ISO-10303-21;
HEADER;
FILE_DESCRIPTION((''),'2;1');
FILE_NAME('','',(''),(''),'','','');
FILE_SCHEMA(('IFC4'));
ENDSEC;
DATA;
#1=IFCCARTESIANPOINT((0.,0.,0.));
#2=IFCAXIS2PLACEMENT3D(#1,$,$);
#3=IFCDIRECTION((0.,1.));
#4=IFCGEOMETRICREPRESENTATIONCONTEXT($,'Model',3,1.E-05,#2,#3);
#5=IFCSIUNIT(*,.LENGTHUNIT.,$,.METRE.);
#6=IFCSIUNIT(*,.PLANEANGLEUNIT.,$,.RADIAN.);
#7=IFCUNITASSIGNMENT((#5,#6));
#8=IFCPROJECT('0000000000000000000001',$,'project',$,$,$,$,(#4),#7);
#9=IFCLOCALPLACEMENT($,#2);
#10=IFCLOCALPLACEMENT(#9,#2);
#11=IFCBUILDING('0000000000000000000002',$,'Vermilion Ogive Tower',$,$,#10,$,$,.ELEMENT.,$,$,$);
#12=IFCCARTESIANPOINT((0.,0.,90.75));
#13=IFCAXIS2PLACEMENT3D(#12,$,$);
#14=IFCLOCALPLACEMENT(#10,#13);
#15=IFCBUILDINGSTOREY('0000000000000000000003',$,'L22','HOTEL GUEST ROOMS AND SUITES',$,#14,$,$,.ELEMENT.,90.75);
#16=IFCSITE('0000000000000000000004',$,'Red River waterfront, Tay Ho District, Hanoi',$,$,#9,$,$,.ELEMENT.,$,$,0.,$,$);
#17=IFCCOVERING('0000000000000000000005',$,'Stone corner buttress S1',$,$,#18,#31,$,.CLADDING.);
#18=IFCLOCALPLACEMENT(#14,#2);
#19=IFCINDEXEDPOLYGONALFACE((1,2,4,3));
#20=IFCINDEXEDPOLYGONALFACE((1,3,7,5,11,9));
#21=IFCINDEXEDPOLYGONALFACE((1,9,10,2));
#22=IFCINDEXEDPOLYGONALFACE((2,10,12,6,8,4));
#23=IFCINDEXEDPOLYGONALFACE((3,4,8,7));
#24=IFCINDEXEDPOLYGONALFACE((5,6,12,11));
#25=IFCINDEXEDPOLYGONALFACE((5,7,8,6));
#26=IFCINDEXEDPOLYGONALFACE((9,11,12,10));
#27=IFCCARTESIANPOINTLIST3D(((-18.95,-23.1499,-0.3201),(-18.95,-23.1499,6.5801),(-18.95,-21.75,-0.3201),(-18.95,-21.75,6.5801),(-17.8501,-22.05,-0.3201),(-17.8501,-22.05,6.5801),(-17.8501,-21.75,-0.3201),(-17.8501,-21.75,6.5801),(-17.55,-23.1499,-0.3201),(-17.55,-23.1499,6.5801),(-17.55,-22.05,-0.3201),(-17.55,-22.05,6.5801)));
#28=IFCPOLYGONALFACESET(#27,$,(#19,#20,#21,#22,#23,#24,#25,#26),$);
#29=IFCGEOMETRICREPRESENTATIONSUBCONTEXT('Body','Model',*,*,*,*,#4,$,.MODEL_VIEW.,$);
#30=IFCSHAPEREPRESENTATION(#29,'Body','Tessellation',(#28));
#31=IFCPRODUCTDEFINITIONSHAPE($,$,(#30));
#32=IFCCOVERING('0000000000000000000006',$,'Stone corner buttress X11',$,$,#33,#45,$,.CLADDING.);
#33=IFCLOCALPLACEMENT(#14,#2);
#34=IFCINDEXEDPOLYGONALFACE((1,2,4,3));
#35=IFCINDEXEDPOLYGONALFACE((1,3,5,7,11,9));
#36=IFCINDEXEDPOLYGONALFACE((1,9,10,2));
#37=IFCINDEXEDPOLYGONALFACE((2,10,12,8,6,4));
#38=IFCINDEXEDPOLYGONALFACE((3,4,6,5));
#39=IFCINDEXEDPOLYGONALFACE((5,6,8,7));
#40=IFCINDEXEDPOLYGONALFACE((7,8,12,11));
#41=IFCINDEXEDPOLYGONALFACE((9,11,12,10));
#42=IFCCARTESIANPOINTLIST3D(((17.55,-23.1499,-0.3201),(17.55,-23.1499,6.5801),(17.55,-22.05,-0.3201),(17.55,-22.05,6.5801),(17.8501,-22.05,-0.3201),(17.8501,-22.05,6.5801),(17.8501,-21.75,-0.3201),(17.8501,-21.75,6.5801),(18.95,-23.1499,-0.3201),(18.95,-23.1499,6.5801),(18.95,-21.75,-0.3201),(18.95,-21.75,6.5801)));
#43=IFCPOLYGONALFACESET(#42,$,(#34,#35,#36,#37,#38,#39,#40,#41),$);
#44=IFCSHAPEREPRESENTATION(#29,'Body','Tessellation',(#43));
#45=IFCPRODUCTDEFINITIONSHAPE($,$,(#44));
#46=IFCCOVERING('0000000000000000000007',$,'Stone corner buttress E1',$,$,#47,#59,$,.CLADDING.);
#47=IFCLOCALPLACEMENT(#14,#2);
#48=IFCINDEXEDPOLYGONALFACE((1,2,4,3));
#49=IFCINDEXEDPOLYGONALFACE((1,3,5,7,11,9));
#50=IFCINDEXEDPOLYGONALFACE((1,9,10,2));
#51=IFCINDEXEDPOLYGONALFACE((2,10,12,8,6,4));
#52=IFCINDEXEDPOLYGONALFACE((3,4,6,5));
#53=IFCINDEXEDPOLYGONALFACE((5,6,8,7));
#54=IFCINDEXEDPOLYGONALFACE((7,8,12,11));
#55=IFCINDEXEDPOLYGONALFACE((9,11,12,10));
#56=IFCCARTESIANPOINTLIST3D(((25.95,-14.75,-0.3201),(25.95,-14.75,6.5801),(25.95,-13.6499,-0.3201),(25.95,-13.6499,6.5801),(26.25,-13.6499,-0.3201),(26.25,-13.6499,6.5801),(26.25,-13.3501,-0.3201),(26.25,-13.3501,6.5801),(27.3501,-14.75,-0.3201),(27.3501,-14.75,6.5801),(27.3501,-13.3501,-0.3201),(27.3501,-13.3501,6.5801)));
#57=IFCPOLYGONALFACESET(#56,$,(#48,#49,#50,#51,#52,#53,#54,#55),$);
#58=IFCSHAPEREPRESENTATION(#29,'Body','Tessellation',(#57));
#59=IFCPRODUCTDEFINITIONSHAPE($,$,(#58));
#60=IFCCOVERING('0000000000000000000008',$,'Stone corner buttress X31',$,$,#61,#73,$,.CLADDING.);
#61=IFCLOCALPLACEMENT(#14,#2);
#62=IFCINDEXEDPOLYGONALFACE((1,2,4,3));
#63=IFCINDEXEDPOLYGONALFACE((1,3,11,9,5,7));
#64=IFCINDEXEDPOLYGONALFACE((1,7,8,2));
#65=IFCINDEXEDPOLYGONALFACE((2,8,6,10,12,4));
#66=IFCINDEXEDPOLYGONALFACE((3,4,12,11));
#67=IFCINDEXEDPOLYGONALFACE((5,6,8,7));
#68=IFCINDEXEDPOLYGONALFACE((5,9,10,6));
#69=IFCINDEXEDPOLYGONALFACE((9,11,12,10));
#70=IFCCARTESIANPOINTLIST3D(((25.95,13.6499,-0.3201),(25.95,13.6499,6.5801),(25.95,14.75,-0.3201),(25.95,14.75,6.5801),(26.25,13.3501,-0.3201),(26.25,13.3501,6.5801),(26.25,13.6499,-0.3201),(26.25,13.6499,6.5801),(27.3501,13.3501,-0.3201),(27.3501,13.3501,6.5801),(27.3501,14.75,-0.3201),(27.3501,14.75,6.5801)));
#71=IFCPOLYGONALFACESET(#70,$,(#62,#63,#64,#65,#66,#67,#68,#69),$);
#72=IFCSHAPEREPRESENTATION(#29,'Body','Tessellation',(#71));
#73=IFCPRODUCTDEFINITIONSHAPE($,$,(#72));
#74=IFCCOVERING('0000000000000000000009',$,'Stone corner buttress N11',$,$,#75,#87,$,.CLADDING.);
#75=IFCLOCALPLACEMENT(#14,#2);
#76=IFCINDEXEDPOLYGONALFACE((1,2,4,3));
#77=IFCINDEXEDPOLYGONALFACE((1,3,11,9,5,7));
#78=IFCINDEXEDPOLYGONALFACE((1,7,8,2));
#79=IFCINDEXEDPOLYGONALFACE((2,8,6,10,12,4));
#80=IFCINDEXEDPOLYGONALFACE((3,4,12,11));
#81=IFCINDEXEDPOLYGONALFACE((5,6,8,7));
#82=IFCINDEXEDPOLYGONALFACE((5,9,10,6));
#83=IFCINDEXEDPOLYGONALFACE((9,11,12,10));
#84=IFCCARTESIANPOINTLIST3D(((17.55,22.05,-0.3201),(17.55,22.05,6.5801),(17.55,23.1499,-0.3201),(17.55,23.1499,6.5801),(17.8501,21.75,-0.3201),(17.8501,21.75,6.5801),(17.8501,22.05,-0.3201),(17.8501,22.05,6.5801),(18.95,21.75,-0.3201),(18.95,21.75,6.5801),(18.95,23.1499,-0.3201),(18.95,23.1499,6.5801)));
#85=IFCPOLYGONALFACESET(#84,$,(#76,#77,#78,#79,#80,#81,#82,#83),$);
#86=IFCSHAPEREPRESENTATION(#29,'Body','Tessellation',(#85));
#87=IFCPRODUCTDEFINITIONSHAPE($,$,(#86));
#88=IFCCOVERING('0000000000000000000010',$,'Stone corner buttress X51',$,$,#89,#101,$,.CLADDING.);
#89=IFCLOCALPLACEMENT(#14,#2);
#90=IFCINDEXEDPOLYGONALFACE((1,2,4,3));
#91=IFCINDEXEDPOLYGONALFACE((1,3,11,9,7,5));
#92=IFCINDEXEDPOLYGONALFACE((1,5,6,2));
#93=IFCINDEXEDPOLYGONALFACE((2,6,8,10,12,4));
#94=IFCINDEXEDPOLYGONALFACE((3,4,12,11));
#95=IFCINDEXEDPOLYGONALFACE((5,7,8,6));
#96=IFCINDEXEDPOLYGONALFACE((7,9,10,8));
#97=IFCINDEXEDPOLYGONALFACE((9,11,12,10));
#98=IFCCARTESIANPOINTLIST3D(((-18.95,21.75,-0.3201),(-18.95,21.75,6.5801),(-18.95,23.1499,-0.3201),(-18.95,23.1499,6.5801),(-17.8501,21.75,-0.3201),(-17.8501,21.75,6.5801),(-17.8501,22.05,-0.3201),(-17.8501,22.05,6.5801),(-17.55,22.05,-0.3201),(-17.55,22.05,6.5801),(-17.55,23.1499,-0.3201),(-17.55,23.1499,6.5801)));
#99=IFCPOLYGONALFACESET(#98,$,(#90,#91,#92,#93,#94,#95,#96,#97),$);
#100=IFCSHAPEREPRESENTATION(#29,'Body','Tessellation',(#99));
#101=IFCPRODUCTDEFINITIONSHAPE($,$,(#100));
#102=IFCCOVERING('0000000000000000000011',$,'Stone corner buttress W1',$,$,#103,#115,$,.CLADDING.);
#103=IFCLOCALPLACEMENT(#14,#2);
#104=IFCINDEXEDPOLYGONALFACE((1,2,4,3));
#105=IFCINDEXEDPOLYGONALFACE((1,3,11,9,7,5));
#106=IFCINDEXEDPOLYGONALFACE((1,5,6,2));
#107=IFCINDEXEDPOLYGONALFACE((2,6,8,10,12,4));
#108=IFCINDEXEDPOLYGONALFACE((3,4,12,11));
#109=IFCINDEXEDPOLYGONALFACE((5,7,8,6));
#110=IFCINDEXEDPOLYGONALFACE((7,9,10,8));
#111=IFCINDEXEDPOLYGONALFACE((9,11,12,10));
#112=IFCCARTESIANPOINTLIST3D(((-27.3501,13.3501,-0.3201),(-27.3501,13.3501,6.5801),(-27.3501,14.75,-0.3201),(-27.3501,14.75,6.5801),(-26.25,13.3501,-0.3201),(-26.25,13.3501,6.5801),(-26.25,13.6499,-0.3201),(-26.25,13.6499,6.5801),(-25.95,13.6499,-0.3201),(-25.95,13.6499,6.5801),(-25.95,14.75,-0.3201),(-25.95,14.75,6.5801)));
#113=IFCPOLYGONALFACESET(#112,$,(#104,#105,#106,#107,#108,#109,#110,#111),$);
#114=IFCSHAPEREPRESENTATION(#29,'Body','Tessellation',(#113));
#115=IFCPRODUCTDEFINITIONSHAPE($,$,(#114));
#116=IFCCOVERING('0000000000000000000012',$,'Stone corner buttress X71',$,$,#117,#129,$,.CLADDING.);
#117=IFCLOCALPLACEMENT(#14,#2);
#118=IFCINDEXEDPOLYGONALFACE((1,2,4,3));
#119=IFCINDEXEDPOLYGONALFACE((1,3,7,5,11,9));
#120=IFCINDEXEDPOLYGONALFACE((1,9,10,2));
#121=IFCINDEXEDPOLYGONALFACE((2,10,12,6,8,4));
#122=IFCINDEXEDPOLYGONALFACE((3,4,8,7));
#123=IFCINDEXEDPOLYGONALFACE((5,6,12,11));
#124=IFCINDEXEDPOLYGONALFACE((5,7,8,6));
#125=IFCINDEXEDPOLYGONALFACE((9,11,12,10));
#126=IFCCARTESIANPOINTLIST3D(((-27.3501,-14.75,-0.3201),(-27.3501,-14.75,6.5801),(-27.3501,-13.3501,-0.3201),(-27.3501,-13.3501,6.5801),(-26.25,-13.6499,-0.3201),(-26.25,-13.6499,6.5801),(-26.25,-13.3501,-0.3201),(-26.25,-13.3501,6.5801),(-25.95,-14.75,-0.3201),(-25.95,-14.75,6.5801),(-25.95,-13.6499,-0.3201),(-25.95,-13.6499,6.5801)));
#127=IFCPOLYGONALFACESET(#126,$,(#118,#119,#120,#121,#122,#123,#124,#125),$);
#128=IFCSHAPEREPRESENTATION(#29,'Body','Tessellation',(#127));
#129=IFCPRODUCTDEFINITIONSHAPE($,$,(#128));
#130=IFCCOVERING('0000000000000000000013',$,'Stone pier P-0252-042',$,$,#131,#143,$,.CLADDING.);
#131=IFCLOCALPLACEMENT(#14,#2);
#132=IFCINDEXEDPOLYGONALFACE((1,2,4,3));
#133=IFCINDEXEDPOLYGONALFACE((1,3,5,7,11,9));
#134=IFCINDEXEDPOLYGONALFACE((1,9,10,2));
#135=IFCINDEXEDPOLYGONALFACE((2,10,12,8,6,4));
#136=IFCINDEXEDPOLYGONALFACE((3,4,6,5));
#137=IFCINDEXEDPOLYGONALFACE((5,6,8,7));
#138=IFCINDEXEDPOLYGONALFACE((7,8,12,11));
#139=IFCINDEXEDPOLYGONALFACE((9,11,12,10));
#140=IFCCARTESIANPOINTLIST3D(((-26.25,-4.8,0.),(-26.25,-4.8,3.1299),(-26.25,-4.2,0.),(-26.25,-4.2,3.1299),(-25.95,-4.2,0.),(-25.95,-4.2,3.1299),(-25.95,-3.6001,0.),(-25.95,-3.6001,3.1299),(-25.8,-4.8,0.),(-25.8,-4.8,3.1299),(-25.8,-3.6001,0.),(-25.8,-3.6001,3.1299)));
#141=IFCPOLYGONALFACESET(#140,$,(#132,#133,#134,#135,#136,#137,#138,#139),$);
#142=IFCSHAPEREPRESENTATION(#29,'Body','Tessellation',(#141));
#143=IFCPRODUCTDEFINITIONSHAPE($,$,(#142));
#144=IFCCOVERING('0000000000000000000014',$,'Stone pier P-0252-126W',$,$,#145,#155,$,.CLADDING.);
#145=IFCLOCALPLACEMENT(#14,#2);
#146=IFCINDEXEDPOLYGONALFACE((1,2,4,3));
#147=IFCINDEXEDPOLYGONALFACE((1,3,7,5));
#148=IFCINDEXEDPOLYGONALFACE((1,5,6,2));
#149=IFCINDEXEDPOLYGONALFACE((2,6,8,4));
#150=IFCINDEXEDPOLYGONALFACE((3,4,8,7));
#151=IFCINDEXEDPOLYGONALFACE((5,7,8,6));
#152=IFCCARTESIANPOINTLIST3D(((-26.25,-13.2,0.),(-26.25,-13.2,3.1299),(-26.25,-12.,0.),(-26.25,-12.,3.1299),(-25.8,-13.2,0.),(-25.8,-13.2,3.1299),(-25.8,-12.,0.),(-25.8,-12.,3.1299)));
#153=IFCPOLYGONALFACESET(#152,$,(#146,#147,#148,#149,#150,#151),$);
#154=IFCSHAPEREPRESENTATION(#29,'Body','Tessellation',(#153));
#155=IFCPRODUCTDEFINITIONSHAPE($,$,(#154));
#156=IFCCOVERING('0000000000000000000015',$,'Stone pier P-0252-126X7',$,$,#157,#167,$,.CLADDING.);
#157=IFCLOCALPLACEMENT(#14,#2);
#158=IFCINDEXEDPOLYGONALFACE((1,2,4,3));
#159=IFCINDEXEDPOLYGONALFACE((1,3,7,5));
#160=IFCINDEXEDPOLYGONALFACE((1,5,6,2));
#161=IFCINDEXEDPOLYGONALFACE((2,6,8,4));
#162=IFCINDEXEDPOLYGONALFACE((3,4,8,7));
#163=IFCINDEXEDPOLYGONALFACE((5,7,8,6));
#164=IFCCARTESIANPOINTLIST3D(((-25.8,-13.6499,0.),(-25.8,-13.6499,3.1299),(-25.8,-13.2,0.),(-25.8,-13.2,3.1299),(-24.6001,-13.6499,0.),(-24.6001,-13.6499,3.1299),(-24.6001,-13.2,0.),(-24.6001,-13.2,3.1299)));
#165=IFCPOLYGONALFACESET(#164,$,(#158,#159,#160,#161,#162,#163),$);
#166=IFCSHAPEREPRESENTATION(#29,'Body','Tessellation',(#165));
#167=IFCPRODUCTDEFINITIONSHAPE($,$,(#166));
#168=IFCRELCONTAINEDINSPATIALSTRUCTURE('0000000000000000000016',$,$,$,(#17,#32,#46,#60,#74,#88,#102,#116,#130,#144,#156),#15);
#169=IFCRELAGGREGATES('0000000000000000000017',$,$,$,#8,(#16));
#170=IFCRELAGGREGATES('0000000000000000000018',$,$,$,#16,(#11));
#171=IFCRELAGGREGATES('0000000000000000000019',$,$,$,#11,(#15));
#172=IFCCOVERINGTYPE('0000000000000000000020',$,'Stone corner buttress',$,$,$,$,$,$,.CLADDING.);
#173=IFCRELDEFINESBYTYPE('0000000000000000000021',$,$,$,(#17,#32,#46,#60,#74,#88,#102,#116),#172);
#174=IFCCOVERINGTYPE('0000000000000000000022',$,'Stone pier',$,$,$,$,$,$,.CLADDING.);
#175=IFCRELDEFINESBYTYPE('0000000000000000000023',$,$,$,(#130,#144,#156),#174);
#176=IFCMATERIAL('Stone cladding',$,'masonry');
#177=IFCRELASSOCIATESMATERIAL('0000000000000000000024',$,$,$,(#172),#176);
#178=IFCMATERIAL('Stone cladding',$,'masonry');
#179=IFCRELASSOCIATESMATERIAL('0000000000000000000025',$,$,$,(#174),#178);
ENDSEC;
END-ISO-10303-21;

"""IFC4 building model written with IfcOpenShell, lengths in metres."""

from ifc_helpers import new_model, si_unit, direction, frame, origin, place, context, subcontext, project, spatial, polyline, outline, extrude, material, type_object, element, save


model = new_model("IFC4")

# Units and contexts
model_context = context("Model", 3, precision=1e-05, world=origin(), true_north=direction((0.0, 1.0)))
body_context = subcontext(model_context, "Body", "Model", "MODEL_VIEW")
ifc_project = project(units=[si_unit("LENGTHUNIT", "METRE"), si_unit("PLANEANGLEUNIT", "RADIAN")], contexts=[model_context])

# Site, building, storey
site_placement = place(None, origin())
site = spatial("IfcSite", under=ifc_project, at=site_placement, Name="Red River waterfront, Tay Ho District, Hanoi", CompositionType="ELEMENT", RefElevation=0.0)
building_placement = place(site_placement, origin())
building = spatial("IfcBuilding", under=site, at=building_placement, Name="Vermilion Ogive Tower", CompositionType="ELEMENT")
storey_placement = place(building_placement, frame((0.0, 0.0, 90.75)))
storey = spatial("IfcBuildingStorey", under=building, at=storey_placement, Name="L22", Description="HOTEL GUEST ROOMS AND SUITES", CompositionType="ELEMENT", Elevation=90.75)

# Coverings
ifc_material_1 = material(Name="Stone cladding", Category="masonry")
covering_type_1 = type_object("IfcCoveringType", Name="Stone corner buttress", PredefinedType="CLADDING", material=ifc_material_1)
covering_1_placement = place(storey_placement, frame((0.0, 0.0, -0.3201)))
element("IfcCovering", 1, at=covering_1_placement, inside=storey, type_object=covering_type_1, Name="Stone corner buttress S1", PredefinedType="CLADDING", context=body_context, shape_type="SweptSolid", body=[
    extrude(outline(polyline([(-17.8501, -21.75), (-17.8501, -22.05), (-17.55, -22.05), (-17.55, -23.1499), (-18.95, -23.1499), (-18.95, -21.75), (-17.8501, -21.75)])), origin(), (0.0, 0.0, 1.0), 6.9001),
])
covering_2_placement = place(storey_placement, frame((0.0, 0.0, -0.3201)))
element("IfcCovering", 2, at=covering_2_placement, inside=storey, type_object=covering_type_1, Name="Stone corner buttress X11", PredefinedType="CLADDING", context=body_context, shape_type="SweptSolid", body=[
    extrude(outline(polyline([(17.55, -23.1499), (17.55, -22.05), (17.8501, -22.05), (17.8501, -21.75), (18.95, -21.75), (18.95, -23.1499), (17.55, -23.1499)])), origin(), (0.0, 0.0, 1.0), 6.9001),
])
covering_3_placement = place(storey_placement, frame((0.0, 0.0, -0.3201)))
element("IfcCovering", 3, at=covering_3_placement, inside=storey, type_object=covering_type_1, Name="Stone corner buttress E1", PredefinedType="CLADDING", context=body_context, shape_type="SweptSolid", body=[
    extrude(outline(polyline([(26.25, -13.6499), (26.25, -13.3501), (27.3501, -13.3501), (27.3501, -14.75), (25.95, -14.75), (25.95, -13.6499), (26.25, -13.6499)])), origin(), (0.0, 0.0, 1.0), 6.9001),
])
covering_4_placement = place(storey_placement, frame((0.0, 0.0, -0.3201)))
element("IfcCovering", 4, at=covering_4_placement, inside=storey, type_object=covering_type_1, Name="Stone corner buttress X31", PredefinedType="CLADDING", context=body_context, shape_type="SweptSolid", body=[
    extrude(outline(polyline([(26.25, 13.3501), (26.25, 13.6499), (25.95, 13.6499), (25.95, 14.75), (27.3501, 14.75), (27.3501, 13.3501), (26.25, 13.3501)])), origin(), (0.0, 0.0, 1.0), 6.9001),
])
covering_5_placement = place(storey_placement, frame((0.0, 0.0, -0.3201)))
element("IfcCovering", 5, at=covering_5_placement, inside=storey, type_object=covering_type_1, Name="Stone corner buttress N11", PredefinedType="CLADDING", context=body_context, shape_type="SweptSolid", body=[
    extrude(outline(polyline([(17.8501, 22.05), (17.55, 22.05), (17.55, 23.1499), (18.95, 23.1499), (18.95, 21.75), (17.8501, 21.75), (17.8501, 22.05)])), origin(), (0.0, 0.0, 1.0), 6.9001),
])
covering_6_placement = place(storey_placement, frame((0.0, 0.0, -0.3201)))
element("IfcCovering", 6, at=covering_6_placement, inside=storey, type_object=covering_type_1, Name="Stone corner buttress X51", PredefinedType="CLADDING", context=body_context, shape_type="SweptSolid", body=[
    extrude(outline(polyline([(-17.55, 23.1499), (-17.55, 22.05), (-17.8501, 22.05), (-17.8501, 21.75), (-18.95, 21.75), (-18.95, 23.1499), (-17.55, 23.1499)])), origin(), (0.0, 0.0, 1.0), 6.9001),
])
covering_7_placement = place(storey_placement, frame((0.0, 0.0, -0.3201)))
element("IfcCovering", 7, at=covering_7_placement, inside=storey, type_object=covering_type_1, Name="Stone corner buttress W1", PredefinedType="CLADDING", context=body_context, shape_type="SweptSolid", body=[
    extrude(outline(polyline([(-25.95, 13.6499), (-26.25, 13.6499), (-26.25, 13.3501), (-27.3501, 13.3501), (-27.3501, 14.75), (-25.95, 14.75), (-25.95, 13.6499)])), origin(), (0.0, 0.0, 1.0), 6.9001),
])
covering_8_placement = place(storey_placement, frame((0.0, 0.0, -0.3201)))
element("IfcCovering", 8, at=covering_8_placement, inside=storey, type_object=covering_type_1, Name="Stone corner buttress X71", PredefinedType="CLADDING", context=body_context, shape_type="SweptSolid", body=[
    extrude(outline(polyline([(-27.3501, -13.3501), (-26.25, -13.3501), (-26.25, -13.6499), (-25.95, -13.6499), (-25.95, -14.75), (-27.3501, -14.75), (-27.3501, -13.3501)])), origin(), (0.0, 0.0, 1.0), 6.9001),
])
ifc_material_2 = material(Name="Stone cladding", Category="masonry")
covering_type_2 = type_object("IfcCoveringType", Name="Stone pier", PredefinedType="CLADDING", material=ifc_material_2)
covering_9_placement = place(storey_placement, origin())
element("IfcCovering", 9, at=covering_9_placement, inside=storey, type_object=covering_type_2, Name="Stone pier P-0252-042", PredefinedType="CLADDING", context=body_context, shape_type="SweptSolid", body=[
    extrude(outline(polyline([(-25.8, -4.8), (-25.8, -4.8), (-26.25, -4.8), (-26.25, -4.2), (-25.95, -4.2), (-25.95, -3.6001), (-26.25, -3.6001), (-26.25, -3.6001), (-25.8, -3.6001), (-25.8, -3.6001), (-25.8, -4.8)])), origin(), (0.0, 0.0, 1.0), 3.1299),
])
covering_10_placement = place(storey_placement, origin())
element("IfcCovering", 10, at=covering_10_placement, inside=storey, type_object=covering_type_2, Name="Stone pier P-0252-126W", PredefinedType="CLADDING", context=body_context, shape_type="SweptSolid", body=[
    extrude(outline(polyline([(-25.8, -13.2), (-25.8, -13.2), (-26.25, -13.2), (-26.25, -12.0), (-25.8, -12.0), (-25.8, -12.0), (-25.8, -13.2)])), origin(), (0.0, 0.0, 1.0), 3.1299),
])
covering_11_placement = place(storey_placement, origin())
element("IfcCovering", 11, at=covering_11_placement, inside=storey, type_object=covering_type_2, Name="Stone pier P-0252-126X7", PredefinedType="CLADDING", context=body_context, shape_type="SweptSolid", body=[
    extrude(outline(polyline([(-25.8, -13.6499), (-25.8, -13.2), (-25.8, -13.2), (-24.6001, -13.2), (-24.6001, -13.6499), (-25.8, -13.6499)])), origin(), (0.0, 0.0, 1.0), 3.1299),
])

save(model, "model.ifc")
